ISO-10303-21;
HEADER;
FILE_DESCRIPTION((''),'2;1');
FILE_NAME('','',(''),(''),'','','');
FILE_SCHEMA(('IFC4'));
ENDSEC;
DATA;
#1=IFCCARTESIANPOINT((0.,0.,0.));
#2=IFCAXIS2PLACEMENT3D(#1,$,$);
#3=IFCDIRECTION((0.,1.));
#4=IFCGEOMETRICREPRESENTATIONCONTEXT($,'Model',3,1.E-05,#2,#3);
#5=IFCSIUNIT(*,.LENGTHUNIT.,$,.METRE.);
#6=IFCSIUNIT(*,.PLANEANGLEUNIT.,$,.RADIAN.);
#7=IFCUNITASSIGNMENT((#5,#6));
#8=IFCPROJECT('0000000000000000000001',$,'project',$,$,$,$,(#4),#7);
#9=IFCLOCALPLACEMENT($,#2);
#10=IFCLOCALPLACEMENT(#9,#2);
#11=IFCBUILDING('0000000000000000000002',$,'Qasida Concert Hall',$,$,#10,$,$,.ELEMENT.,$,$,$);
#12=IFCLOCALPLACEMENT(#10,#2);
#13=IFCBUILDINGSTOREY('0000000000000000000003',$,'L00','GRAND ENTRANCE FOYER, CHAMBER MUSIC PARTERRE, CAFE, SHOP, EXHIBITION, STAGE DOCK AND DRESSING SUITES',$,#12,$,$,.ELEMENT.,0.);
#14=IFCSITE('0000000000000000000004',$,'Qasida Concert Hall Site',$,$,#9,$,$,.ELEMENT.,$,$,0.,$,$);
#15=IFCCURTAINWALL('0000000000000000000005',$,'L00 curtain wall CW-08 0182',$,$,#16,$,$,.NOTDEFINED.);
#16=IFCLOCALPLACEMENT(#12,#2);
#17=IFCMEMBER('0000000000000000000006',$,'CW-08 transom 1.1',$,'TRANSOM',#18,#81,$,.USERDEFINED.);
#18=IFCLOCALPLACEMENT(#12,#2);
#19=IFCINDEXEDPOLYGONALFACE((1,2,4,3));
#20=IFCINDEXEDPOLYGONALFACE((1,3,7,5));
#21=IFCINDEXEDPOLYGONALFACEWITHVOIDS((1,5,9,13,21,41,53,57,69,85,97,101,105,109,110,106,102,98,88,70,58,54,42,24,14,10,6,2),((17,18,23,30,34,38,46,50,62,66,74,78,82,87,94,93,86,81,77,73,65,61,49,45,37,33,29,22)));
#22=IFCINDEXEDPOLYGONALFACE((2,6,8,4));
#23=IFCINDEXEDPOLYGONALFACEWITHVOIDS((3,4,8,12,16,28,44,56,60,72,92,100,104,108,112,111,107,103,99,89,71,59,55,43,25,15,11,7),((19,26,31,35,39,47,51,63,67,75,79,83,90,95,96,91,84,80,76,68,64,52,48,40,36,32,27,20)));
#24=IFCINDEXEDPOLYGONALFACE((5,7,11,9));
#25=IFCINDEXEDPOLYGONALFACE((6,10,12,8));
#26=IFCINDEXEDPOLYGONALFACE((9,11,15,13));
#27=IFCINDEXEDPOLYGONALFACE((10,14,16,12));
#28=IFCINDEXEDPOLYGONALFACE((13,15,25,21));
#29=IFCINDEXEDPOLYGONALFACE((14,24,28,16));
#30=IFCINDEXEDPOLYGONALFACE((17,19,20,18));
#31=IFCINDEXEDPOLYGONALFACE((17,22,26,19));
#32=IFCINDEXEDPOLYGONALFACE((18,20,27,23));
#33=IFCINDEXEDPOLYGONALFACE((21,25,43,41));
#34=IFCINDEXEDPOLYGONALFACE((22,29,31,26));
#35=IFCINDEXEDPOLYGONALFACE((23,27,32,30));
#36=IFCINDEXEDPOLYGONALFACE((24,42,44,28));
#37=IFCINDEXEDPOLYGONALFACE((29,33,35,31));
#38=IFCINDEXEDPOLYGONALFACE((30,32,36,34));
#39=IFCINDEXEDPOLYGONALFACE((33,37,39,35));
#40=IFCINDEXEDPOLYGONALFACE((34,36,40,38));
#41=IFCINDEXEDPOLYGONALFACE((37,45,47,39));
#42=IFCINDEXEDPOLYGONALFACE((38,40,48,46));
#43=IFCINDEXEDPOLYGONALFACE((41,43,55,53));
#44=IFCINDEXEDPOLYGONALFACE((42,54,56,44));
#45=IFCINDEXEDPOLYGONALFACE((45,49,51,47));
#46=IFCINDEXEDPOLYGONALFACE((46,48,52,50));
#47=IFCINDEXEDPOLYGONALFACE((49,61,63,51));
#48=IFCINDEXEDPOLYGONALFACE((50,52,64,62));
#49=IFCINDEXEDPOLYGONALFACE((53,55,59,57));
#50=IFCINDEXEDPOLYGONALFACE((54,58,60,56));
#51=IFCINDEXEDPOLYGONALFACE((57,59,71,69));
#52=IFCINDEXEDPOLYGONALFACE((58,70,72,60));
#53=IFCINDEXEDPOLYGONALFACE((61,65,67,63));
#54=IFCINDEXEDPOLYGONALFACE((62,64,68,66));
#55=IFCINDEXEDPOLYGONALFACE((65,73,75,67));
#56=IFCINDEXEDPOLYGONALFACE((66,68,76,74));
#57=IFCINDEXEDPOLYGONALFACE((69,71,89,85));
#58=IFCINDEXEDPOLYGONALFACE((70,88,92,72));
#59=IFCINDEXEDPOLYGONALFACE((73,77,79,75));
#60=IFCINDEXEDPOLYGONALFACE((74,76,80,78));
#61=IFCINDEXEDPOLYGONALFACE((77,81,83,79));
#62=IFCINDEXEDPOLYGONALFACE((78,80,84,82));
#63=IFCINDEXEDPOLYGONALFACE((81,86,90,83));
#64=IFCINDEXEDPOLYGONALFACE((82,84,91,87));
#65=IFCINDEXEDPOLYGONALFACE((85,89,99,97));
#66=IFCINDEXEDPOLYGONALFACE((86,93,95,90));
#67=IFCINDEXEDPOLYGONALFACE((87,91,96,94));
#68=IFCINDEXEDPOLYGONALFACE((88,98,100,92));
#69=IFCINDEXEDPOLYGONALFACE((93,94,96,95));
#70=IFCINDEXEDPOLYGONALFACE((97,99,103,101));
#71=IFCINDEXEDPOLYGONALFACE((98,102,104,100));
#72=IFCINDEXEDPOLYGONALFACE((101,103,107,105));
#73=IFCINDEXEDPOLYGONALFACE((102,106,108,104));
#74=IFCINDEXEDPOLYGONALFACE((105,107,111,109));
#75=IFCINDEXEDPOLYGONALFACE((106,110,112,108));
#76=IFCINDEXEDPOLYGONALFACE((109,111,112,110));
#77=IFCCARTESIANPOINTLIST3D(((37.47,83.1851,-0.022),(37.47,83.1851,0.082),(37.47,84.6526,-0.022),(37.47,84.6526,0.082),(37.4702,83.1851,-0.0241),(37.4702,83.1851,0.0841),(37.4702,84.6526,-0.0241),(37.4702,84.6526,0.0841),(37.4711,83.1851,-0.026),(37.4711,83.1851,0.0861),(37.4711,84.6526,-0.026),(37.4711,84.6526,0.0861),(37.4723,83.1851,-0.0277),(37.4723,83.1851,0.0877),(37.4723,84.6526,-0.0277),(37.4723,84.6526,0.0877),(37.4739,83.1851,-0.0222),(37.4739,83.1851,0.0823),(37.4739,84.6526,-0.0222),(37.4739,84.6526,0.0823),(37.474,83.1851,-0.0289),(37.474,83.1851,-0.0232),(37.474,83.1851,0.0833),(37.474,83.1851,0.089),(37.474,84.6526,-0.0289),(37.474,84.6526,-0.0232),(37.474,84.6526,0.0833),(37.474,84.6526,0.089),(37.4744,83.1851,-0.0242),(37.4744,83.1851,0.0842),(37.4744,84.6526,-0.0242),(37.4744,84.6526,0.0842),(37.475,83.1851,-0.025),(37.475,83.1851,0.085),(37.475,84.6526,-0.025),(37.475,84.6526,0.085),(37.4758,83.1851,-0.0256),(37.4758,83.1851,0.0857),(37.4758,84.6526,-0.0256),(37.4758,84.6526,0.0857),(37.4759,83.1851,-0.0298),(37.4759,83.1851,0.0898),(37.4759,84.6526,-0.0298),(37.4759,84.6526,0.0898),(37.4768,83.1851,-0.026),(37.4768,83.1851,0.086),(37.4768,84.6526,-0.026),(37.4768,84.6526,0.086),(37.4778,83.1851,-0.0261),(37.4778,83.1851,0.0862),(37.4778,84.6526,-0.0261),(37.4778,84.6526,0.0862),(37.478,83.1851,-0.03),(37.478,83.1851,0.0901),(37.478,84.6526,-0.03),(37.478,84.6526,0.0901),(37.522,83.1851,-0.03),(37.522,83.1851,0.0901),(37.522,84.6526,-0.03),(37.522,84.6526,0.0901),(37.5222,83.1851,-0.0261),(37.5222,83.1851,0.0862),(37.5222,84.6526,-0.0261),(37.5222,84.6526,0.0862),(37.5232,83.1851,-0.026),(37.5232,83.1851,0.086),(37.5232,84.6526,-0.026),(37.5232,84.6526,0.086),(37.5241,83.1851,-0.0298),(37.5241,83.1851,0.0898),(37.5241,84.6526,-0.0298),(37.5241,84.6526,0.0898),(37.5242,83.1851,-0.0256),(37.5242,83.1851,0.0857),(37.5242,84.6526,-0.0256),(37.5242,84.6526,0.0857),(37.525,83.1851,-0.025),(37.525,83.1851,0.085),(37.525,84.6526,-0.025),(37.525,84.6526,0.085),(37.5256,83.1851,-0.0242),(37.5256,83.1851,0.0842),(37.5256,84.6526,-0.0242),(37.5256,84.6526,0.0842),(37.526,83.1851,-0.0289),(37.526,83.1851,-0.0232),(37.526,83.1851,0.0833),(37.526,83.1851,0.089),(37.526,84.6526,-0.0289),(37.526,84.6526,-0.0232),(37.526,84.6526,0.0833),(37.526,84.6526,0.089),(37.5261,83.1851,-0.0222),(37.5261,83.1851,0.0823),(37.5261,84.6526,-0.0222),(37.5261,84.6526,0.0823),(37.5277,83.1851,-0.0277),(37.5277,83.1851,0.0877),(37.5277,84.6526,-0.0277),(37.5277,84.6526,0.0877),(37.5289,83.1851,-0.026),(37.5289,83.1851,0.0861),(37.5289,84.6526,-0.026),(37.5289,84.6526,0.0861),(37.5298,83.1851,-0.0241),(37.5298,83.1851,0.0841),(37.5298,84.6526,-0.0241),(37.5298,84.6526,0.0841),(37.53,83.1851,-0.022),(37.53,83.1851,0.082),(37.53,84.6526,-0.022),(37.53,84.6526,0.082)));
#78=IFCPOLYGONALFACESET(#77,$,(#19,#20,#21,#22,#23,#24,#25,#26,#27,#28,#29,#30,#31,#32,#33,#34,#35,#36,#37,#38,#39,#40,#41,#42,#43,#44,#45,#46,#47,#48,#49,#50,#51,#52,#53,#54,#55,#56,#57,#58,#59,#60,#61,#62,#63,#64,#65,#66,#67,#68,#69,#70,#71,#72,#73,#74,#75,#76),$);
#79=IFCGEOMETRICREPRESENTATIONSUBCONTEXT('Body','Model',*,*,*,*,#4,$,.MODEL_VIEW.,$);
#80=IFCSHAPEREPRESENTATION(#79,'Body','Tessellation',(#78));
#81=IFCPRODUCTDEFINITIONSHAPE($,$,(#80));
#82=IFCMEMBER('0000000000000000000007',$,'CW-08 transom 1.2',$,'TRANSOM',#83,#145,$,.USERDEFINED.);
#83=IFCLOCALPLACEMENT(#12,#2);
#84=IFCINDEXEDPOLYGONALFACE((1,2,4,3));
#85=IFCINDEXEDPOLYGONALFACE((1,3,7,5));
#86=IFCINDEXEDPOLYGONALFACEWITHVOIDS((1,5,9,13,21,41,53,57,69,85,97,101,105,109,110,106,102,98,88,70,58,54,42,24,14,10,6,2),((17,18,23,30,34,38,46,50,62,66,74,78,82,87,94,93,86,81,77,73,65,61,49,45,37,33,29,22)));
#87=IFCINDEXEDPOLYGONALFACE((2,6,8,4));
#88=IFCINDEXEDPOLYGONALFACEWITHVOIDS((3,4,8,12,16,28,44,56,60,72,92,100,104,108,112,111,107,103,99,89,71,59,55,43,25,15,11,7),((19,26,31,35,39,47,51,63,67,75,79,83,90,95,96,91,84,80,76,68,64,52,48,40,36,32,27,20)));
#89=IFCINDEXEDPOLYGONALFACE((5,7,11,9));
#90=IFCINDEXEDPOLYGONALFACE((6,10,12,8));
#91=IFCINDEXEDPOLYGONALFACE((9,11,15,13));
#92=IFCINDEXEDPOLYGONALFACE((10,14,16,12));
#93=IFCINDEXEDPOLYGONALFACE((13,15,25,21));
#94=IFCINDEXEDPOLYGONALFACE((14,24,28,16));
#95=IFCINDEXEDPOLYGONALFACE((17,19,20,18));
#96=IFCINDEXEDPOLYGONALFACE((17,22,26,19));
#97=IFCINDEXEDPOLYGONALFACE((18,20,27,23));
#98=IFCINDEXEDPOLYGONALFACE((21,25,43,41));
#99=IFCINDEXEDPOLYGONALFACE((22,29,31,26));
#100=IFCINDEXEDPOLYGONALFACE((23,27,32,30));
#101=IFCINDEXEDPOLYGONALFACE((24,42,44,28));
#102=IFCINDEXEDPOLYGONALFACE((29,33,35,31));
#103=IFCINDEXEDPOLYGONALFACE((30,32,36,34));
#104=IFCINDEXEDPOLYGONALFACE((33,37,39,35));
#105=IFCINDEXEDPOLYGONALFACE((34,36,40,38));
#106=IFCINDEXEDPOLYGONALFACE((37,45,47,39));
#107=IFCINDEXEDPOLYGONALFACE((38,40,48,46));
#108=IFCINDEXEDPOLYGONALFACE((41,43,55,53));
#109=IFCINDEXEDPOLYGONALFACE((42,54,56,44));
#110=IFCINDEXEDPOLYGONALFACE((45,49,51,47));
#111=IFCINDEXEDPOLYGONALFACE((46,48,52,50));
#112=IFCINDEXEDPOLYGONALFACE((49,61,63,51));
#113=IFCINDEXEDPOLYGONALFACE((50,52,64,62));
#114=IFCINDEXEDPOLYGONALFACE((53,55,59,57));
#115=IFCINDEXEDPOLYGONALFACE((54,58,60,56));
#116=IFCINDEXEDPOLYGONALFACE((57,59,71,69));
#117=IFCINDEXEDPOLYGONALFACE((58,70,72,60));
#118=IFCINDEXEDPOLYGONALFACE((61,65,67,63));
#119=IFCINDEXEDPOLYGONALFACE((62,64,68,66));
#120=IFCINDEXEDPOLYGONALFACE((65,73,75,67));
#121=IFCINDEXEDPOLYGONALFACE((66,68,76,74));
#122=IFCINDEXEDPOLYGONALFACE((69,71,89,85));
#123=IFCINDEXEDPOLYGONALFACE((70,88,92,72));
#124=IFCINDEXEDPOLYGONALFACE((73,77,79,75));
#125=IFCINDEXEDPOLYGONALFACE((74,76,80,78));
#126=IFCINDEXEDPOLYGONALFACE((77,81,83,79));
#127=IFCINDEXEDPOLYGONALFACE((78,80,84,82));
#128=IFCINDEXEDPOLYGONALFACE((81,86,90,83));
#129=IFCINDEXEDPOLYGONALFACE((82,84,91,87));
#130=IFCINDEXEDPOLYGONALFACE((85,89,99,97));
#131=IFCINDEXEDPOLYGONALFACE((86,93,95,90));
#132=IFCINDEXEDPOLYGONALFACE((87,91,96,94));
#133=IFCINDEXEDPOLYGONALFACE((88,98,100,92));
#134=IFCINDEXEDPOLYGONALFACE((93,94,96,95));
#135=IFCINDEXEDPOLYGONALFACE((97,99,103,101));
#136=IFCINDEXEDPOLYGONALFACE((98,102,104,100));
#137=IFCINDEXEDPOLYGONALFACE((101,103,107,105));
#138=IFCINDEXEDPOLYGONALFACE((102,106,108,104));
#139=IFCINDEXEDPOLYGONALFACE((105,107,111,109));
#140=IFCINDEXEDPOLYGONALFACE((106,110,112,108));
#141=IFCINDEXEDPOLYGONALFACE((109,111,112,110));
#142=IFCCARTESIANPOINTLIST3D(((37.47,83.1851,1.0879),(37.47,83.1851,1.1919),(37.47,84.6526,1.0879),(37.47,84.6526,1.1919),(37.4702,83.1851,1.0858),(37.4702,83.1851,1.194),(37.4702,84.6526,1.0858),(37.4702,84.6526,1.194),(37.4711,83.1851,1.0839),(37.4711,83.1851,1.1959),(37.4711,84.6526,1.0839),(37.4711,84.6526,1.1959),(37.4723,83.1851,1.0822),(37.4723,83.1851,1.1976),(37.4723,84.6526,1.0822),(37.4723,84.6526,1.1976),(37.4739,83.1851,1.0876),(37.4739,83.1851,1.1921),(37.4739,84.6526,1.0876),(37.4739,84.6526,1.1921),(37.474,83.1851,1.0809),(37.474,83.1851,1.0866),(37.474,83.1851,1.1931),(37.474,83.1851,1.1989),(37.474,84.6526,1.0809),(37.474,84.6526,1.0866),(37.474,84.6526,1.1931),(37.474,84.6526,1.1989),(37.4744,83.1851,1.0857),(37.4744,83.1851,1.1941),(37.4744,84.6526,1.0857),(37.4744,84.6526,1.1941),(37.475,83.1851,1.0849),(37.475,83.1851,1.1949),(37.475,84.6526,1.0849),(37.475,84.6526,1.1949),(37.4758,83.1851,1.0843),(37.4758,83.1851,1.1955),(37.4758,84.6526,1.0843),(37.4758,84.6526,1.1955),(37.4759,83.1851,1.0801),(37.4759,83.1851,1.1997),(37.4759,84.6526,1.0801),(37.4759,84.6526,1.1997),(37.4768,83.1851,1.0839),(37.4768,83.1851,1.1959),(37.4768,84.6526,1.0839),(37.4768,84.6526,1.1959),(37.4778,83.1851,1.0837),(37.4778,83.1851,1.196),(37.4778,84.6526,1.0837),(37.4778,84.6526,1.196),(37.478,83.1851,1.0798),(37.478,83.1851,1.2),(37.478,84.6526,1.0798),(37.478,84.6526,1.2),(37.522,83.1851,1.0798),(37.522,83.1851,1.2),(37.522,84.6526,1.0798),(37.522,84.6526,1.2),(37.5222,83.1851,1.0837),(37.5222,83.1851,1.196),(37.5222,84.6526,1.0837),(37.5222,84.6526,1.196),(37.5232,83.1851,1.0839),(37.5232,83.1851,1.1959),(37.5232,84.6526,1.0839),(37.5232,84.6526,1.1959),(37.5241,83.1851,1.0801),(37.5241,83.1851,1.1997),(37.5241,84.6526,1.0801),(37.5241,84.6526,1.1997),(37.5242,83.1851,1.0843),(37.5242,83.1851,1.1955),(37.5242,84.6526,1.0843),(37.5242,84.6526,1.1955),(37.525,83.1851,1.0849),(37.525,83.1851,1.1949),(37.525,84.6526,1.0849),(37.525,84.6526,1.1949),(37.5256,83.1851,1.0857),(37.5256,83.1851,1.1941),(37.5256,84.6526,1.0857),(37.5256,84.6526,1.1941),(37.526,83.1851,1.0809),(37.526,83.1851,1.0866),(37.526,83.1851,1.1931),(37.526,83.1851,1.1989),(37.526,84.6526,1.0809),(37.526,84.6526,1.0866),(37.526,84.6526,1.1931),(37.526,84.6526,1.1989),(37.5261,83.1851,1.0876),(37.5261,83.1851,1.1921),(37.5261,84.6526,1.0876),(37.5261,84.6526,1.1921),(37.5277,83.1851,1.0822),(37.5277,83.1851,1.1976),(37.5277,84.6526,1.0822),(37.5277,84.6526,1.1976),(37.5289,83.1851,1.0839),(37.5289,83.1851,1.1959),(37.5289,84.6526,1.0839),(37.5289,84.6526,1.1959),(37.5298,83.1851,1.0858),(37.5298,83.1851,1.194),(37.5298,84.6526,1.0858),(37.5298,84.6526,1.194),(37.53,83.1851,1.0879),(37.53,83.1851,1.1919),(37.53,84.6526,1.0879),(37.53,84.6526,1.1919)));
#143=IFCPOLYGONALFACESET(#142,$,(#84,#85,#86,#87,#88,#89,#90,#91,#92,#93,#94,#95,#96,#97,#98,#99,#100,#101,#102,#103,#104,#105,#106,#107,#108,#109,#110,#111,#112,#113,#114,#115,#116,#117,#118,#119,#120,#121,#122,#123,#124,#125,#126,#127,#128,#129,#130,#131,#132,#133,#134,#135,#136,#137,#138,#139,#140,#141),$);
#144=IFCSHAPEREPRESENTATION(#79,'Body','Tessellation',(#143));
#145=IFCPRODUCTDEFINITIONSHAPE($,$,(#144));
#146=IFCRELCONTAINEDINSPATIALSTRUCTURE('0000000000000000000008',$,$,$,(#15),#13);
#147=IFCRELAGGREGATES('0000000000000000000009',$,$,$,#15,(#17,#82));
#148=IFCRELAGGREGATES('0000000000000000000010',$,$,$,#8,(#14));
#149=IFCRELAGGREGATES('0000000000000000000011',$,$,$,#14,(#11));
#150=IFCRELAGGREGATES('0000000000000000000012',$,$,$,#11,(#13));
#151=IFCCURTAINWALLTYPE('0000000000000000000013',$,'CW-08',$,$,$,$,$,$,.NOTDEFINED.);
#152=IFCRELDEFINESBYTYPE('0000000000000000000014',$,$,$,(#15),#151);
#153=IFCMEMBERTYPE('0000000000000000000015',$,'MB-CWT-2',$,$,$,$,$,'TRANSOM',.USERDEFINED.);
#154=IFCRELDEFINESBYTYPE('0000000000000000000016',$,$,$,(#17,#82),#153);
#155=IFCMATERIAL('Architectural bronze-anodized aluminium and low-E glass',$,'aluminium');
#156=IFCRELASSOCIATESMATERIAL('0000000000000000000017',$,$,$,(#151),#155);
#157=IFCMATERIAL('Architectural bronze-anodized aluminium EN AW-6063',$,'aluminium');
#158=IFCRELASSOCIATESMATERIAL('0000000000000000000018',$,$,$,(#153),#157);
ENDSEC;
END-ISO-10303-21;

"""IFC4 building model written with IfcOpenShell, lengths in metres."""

from ifc_helpers import new_model, si_unit, direction, frame, origin, origin_2d, place, context, subcontext, project, spatial, hollow_rectangle, extrude, material, material_profile, profile_set, type_object, element, aggregate, save


model = new_model("IFC4")

# Units and contexts
model_context = context("Model", 3, precision=1e-05, world=origin(), true_north=direction((0.0, 1.0)))
body_context = subcontext(model_context, "Body", "Model", "MODEL_VIEW")
ifc_project = project(units=[si_unit("LENGTHUNIT", "METRE"), si_unit("PLANEANGLEUNIT", "RADIAN")], contexts=[model_context])

# Site, building, storey
site_placement = place(None, origin())
site = spatial("IfcSite", under=ifc_project, at=site_placement, Name="Qasida Concert Hall Site", CompositionType="ELEMENT", RefElevation=0.0)
building_placement = place(site_placement, origin())
building = spatial("IfcBuilding", under=site, at=building_placement, Name="Qasida Concert Hall", CompositionType="ELEMENT")
storey_placement = place(building_placement, origin())
storey = spatial("IfcBuildingStorey", under=building, at=storey_placement, Name="L00", Description="GRAND ENTRANCE FOYER, CHAMBER MUSIC PARTERRE, CAFE, SHOP, EXHIBITION, STAGE DOCK AND DRESSING SUITES", CompositionType="ELEMENT", Elevation=0.0)

# Curtain wall, members
ifc_material_1 = material(Name="Architectural bronze-anodized aluminium and low-E glass", Category="aluminium")
curtain_wall_type = type_object("IfcCurtainWallType", Name="CW-08", PredefinedType="NOTDEFINED", material=ifc_material_1)
curtain_wall_placement = place(storey_placement, origin())
curtain_wall = element("IfcCurtainWall", 1, at=curtain_wall_placement, inside=storey, type_object=curtain_wall_type, Name="L00 curtain wall CW-08 0182", PredefinedType="NOTDEFINED")
ifc_material_2 = material(Name="Architectural bronze-anodized aluminium EN AW-6063", Category="aluminium")
ifc_material_profile_1 = material_profile(ifc_material_2, hollow_rectangle(XDim=0.0601, YDim=0.1201, WallThickness=0.0039, InnerFilletRadius=0.0039, OuterFilletRadius=0.0081, at=origin_2d()), Name="CWT 120x60x4")
ifc_profile_set_1 = profile_set([ifc_material_profile_1], Name="Architectural bronze-anodized aluminium EN AW-6063")
member_type_1 = type_object("IfcMemberType", Name="MB-CWT-2", ElementType="TRANSOM", PredefinedType="USERDEFINED", material=ifc_profile_set_1)
member_1_placement = place(storey_placement, frame((37.5, 83.1851, 0.03), z_axis=(0.0, 1.0, 0.0), x_axis=(-1.0, 0.0, 0.0)))
member_1 = element("IfcMember", 2, at=member_1_placement, type_object=member_type_1, Name="CW-08 transom 1.1", ObjectType="TRANSOM", PredefinedType="USERDEFINED", context=body_context, shape_type="SweptSolid", body=[
    extrude(hollow_rectangle(XDim=0.0601, YDim=0.1201, WallThickness=0.0039, InnerFilletRadius=0.0039, OuterFilletRadius=0.0081, at=origin_2d()), origin(), (0.0, 0.0, 1.0), 1.4675),
])
member_2_placement = place(storey_placement, frame((37.5, 83.1851, 1.1399), z_axis=(0.0, 1.0, 0.0), x_axis=(-1.0, 0.0, 0.0)))
member_2 = element("IfcMember", 3, at=member_2_placement, type_object=member_type_1, Name="CW-08 transom 1.2", ObjectType="TRANSOM", PredefinedType="USERDEFINED", context=body_context, shape_type="SweptSolid", body=[
    extrude(hollow_rectangle(XDim=0.0601, YDim=0.1201, WallThickness=0.0039, InnerFilletRadius=0.0039, OuterFilletRadius=0.0081, at=origin_2d()), origin(), (0.0, 0.0, 1.0), 1.4675),
])
aggregate(curtain_wall, [member_1, member_2])

save(model, "model.ifc")
